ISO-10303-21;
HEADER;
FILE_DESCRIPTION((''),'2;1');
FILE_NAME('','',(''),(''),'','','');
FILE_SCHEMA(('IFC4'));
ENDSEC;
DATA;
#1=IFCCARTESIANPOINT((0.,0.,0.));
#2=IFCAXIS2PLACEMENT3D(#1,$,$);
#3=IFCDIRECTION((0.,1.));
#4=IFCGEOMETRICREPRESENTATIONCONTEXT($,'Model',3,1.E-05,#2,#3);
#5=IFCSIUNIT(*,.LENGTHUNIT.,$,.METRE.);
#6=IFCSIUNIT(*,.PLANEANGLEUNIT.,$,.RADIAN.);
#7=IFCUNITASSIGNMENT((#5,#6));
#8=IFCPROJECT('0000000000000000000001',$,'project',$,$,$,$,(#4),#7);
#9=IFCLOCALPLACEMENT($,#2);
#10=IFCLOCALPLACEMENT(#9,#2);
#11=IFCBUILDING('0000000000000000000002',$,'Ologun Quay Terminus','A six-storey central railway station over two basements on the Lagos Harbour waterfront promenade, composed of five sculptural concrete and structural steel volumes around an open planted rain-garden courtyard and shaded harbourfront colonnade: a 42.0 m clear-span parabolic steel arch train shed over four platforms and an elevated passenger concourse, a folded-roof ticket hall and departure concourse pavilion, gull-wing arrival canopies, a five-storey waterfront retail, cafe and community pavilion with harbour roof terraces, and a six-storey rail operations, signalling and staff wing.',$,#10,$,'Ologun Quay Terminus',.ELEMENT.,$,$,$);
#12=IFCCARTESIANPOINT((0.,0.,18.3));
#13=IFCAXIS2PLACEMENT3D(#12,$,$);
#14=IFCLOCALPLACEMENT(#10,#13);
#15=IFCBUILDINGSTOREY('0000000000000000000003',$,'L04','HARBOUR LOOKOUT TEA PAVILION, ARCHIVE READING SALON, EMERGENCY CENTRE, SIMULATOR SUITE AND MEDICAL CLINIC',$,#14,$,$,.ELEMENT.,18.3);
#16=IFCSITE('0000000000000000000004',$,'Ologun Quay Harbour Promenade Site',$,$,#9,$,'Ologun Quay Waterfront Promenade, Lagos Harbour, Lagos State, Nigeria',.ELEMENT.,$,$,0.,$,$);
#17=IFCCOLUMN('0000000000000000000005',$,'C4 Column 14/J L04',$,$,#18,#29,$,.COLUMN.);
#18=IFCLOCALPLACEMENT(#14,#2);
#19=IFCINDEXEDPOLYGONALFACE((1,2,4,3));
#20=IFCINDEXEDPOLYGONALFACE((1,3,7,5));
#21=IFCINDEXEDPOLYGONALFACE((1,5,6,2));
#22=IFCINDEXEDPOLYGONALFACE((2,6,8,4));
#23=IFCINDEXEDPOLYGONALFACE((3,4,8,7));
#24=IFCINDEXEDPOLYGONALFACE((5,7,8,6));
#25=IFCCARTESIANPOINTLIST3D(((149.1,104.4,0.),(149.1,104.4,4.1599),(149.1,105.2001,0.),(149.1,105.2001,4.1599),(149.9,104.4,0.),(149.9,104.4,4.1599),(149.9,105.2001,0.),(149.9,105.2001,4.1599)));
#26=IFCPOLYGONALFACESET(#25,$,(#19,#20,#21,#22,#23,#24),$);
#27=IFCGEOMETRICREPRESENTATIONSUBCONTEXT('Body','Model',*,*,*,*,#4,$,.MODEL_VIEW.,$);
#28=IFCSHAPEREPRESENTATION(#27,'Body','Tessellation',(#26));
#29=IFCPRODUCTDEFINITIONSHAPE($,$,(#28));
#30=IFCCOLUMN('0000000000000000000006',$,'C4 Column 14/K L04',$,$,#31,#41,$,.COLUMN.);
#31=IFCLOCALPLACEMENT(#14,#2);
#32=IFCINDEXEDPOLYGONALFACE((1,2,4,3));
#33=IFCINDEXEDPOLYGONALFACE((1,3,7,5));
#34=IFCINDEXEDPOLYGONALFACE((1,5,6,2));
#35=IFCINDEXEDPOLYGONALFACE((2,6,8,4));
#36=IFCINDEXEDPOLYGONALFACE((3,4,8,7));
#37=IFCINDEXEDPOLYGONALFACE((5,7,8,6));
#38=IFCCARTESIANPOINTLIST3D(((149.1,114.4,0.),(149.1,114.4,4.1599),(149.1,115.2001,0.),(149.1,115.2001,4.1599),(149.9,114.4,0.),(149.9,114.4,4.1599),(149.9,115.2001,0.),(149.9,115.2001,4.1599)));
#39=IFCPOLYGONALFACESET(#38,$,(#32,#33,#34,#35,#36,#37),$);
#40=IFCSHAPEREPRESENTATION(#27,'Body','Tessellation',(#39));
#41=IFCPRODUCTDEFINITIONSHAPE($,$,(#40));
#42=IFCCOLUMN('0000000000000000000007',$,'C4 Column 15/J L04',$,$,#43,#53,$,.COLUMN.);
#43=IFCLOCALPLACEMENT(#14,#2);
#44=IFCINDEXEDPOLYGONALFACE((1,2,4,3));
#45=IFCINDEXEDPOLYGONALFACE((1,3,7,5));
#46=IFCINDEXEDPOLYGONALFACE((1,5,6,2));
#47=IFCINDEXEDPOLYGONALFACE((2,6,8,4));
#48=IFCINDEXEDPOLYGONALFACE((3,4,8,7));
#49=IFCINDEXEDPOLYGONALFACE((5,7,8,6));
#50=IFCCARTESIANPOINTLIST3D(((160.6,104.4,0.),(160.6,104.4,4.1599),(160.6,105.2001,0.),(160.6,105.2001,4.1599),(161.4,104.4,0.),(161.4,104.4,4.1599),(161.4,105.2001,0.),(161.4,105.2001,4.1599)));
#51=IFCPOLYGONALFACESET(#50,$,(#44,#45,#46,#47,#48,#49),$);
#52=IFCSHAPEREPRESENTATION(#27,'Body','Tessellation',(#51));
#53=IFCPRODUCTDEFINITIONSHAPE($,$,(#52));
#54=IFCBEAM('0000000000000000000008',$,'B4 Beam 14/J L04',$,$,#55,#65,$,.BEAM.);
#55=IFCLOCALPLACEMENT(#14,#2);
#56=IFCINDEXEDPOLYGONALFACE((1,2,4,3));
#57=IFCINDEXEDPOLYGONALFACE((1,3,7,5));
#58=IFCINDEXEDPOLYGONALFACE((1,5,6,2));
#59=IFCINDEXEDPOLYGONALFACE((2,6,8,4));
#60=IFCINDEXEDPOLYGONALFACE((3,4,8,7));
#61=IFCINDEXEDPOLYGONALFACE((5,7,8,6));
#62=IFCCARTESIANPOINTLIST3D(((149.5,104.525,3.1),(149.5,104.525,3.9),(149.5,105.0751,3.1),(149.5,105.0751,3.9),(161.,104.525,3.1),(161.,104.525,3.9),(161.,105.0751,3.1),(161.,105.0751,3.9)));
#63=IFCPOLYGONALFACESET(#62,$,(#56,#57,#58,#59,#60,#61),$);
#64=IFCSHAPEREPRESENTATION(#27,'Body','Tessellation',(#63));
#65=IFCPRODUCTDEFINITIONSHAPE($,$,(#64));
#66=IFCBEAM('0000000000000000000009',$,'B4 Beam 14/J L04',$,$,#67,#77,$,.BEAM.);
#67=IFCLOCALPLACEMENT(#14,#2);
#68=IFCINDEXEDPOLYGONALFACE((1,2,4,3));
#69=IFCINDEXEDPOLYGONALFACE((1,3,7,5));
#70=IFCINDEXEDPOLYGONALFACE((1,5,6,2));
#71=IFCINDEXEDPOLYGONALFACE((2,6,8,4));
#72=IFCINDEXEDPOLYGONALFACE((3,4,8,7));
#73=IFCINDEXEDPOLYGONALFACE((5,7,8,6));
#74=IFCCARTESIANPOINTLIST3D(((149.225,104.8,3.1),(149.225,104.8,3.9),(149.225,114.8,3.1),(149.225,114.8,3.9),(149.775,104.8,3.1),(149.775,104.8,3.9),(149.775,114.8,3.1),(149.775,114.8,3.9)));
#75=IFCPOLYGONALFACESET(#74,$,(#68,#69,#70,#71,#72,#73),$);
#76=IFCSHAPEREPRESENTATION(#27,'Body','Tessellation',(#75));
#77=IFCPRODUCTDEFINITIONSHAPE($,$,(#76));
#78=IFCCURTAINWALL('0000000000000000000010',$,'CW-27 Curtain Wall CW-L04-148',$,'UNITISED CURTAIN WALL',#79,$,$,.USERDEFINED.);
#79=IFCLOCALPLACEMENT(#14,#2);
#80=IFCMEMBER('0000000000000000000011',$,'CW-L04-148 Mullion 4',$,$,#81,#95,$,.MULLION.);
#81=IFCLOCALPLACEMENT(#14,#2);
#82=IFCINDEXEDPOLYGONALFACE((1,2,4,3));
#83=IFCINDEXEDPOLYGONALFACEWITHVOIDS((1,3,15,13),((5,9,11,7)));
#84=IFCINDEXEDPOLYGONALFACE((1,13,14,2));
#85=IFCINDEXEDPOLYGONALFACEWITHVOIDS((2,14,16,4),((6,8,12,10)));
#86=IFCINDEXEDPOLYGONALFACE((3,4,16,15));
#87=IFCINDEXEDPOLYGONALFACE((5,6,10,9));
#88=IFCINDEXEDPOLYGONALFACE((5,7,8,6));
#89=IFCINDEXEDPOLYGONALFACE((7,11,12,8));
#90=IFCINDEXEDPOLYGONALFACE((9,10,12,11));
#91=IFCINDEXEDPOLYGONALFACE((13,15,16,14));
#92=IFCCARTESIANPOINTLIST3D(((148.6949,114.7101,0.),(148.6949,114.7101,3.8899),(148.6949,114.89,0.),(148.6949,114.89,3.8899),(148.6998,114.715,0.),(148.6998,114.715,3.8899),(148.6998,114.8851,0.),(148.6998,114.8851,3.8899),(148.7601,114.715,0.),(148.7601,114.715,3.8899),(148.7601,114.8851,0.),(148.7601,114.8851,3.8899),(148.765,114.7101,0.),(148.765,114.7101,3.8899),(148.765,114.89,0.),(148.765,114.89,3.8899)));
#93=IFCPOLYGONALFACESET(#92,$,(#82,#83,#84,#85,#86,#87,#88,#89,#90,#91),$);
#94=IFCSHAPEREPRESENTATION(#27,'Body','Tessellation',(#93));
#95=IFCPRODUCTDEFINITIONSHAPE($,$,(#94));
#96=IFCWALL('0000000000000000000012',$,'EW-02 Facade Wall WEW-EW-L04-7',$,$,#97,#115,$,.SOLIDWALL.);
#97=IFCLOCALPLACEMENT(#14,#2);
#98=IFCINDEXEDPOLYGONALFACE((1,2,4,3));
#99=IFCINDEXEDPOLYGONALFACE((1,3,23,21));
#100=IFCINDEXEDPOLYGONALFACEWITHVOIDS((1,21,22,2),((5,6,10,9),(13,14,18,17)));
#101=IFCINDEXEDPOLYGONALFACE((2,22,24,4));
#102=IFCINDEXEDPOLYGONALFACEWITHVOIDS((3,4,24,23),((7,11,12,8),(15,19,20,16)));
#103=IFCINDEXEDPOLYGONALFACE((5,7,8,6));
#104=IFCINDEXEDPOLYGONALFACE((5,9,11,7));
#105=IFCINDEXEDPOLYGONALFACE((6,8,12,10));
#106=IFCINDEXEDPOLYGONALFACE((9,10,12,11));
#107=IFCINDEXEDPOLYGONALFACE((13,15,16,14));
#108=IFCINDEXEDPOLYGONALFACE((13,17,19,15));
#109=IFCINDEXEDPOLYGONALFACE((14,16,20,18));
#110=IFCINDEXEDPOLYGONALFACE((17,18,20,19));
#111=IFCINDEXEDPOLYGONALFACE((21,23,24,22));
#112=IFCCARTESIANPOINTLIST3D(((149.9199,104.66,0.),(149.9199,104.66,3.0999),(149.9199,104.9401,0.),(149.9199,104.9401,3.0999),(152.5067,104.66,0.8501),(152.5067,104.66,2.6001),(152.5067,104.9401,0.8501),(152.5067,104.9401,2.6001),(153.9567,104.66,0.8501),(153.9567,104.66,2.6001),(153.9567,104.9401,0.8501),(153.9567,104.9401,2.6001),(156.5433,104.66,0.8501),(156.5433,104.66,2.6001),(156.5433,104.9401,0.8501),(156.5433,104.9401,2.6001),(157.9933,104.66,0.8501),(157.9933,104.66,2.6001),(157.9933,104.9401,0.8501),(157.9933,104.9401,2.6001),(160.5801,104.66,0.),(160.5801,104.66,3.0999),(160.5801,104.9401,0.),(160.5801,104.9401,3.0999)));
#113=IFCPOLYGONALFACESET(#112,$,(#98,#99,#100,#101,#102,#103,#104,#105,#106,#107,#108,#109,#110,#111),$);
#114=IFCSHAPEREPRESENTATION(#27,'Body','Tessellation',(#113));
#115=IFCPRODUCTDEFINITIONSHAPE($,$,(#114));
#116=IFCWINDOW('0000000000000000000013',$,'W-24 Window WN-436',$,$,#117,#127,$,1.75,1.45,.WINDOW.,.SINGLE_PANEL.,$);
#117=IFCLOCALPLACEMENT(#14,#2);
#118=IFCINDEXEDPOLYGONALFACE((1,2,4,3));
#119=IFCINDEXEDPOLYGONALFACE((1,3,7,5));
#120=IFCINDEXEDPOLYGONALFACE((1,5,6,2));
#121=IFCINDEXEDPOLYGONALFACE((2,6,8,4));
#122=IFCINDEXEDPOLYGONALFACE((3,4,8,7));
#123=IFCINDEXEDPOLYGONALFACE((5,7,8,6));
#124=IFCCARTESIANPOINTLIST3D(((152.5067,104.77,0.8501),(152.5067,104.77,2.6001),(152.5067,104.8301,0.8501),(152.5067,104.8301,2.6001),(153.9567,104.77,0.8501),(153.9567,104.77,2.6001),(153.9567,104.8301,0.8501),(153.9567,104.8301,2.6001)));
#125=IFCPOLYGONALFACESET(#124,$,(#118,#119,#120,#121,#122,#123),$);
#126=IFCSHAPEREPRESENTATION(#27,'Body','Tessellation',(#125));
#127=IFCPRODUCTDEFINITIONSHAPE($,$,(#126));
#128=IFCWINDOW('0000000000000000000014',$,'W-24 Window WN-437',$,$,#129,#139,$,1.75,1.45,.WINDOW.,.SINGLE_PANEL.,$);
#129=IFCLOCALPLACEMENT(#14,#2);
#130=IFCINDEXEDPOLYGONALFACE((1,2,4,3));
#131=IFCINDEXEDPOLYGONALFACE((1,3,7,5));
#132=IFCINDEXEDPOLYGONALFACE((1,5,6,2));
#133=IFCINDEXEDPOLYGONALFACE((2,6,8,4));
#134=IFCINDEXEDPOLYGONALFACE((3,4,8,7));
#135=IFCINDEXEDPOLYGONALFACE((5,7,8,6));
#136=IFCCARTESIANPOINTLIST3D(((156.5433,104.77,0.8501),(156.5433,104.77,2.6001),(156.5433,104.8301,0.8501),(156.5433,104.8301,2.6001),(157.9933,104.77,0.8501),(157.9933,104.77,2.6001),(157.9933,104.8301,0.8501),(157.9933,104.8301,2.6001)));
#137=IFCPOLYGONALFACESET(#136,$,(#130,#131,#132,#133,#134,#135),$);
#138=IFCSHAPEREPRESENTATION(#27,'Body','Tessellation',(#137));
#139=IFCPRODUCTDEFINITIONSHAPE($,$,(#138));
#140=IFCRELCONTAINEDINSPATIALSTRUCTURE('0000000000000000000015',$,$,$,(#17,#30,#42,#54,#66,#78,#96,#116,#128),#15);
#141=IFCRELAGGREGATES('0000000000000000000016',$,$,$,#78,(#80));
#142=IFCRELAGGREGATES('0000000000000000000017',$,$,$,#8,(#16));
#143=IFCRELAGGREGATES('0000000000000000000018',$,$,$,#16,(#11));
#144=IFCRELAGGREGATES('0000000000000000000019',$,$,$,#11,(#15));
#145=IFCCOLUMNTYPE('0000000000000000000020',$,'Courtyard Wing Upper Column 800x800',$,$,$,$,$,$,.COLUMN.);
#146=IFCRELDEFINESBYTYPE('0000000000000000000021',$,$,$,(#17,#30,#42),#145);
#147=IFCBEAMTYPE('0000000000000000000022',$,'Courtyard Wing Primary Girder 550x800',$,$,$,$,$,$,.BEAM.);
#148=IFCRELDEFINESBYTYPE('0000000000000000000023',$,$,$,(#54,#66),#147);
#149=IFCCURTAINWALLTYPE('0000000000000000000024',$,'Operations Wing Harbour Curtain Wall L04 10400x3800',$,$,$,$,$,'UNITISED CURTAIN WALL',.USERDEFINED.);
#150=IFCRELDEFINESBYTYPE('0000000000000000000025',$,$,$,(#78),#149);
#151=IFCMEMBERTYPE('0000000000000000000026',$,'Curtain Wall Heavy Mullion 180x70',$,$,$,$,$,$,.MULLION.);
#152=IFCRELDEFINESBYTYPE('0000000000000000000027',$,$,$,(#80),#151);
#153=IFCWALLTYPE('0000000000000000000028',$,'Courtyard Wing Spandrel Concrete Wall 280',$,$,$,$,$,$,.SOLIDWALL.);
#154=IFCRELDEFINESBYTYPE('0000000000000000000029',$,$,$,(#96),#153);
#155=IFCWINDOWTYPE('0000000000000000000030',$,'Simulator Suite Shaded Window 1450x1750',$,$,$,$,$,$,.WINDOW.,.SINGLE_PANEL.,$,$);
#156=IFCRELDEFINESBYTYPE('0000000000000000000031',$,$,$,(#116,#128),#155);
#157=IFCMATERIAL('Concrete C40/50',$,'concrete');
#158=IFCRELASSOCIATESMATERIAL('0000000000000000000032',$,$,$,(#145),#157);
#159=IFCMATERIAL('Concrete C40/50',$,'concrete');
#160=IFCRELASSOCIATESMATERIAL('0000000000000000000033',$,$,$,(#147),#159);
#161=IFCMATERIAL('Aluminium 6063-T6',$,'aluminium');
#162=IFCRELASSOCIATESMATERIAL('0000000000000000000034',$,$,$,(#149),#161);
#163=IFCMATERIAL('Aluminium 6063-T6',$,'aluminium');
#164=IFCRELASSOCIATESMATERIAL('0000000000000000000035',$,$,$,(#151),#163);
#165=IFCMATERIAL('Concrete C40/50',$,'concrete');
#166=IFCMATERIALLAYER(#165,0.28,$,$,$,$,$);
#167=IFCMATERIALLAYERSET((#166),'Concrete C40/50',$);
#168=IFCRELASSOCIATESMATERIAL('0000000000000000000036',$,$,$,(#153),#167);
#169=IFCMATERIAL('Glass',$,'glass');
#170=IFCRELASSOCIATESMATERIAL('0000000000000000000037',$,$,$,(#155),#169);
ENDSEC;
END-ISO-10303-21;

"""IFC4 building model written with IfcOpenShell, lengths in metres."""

from ifc_helpers import new_model, si_unit, direction, frame, frame_2d, origin, origin_2d, place, context, subcontext, project, spatial, rectangle, hollow_rectangle, extrude, material, layer, layer_set, material_profile, profile_set, type_object, element, fill, aggregate, save


model = new_model("IFC4")

# Units and contexts
model_context = context("Model", 3, precision=1e-05, world=origin(), true_north=direction((0.0, 1.0)))
body_context = subcontext(model_context, "Body", "Model", "MODEL_VIEW")
ifc_project = project(units=[si_unit("LENGTHUNIT", "METRE"), si_unit("PLANEANGLEUNIT", "RADIAN")], contexts=[model_context])

# Site, building, storey
site_placement = place(None, origin())
site = spatial("IfcSite", under=ifc_project, at=site_placement, Name="Ologun Quay Harbour Promenade Site", LongName="Ologun Quay Waterfront Promenade, Lagos Harbour, Lagos State, Nigeria", CompositionType="ELEMENT", RefElevation=0.0)
building_placement = place(site_placement, origin())
building = spatial("IfcBuilding", under=site, at=building_placement, Name="Ologun Quay Terminus", Description="A six-storey central railway station over two basements on the Lagos Harbour waterfront promenade, composed of five sculptural concrete and structural steel volumes around an open planted rain-garden courtyard and shaded harbourfront colonnade: a 42.0 m clear-span parabolic steel arch train shed over four platforms and an elevated passenger concourse, a folded-roof ticket hall and departure concourse pavilion, gull-wing arrival canopies, a five-storey waterfront retail, cafe and community pavilion with harbour roof terraces, and a six-storey rail operations, signalling and staff wing.", LongName="Ologun Quay Terminus", CompositionType="ELEMENT")
storey_placement = place(building_placement, frame((0.0, 0.0, 18.3)))
storey = spatial("IfcBuildingStorey", under=building, at=storey_placement, Name="L04", Description="HARBOUR LOOKOUT TEA PAVILION, ARCHIVE READING SALON, EMERGENCY CENTRE, SIMULATOR SUITE AND MEDICAL CLINIC", CompositionType="ELEMENT", Elevation=18.3)

# Columns
ifc_material_1 = material(Name="Concrete C40/50", Category="concrete")
ifc_material_profile_1 = material_profile(ifc_material_1, rectangle(XDim=0.8, YDim=0.8, at=origin_2d()), Name="RC 800x800")
ifc_profile_set_1 = profile_set([ifc_material_profile_1], Name="Concrete C40/50")
column_type = type_object("IfcColumnType", Name="Courtyard Wing Upper Column 800x800", PredefinedType="COLUMN", material=ifc_profile_set_1)
for number, where, z_axis, x_axis, name in (
    (1, (149.5, 104.8, 0.0), (0.0, 0.0, 1.0), (1.0, 0.0, 0.0), "C4 Column 14/J L04"),
    (2, (149.5, 114.8, 0.0), (0.0, 0.0, 1.0), (1.0, 0.0, 0.0), "C4 Column 14/K L04"),
    (3, (161.0, 104.8, 0.0), (0.0, 0.0, 1.0), (1.0, 0.0, 0.0), "C4 Column 15/J L04"),
):
    element("IfcColumn", number, at=place(storey_placement, frame(where, z_axis=z_axis, x_axis=x_axis)), inside=storey, type_object=column_type, Name=name, PredefinedType="COLUMN", context=body_context, shape_type="SweptSolid", body=[
        extrude(rectangle(XDim=0.8, YDim=0.8, at=origin_2d()), origin(), (0.0, 0.0, 1.0), 4.1599),
    ])

# Beams
ifc_material_2 = material(Name="Concrete C40/50", Category="concrete")
ifc_material_profile_2 = material_profile(ifc_material_2, rectangle(XDim=0.55, YDim=0.8, at=origin_2d()), Name="RC 550x800")
ifc_profile_set_2 = profile_set([ifc_material_profile_2], Name="Concrete C40/50")
beam_type = type_object("IfcBeamType", Name="Courtyard Wing Primary Girder 550x800", PredefinedType="BEAM", material=ifc_profile_set_2)
beam_1_placement = place(storey_placement, frame((149.5, 104.8, 3.5), z_axis=(1.0, 0.0, 0.0), x_axis=(0.0, 1.0, 0.0)))
element("IfcBeam", 4, at=beam_1_placement, inside=storey, type_object=beam_type, Name="B4 Beam 14/J L04", PredefinedType="BEAM", context=body_context, shape_type="SweptSolid", body=[
    extrude(rectangle(XDim=0.55, YDim=0.8, at=origin_2d()), origin(), (0.0, 0.0, 1.0), 11.5),
])
beam_2_placement = place(storey_placement, frame((149.5, 104.8, 3.5), z_axis=(0.0, 1.0, 0.0), x_axis=(-1.0, 0.0, 0.0)))
element("IfcBeam", 5, at=beam_2_placement, inside=storey, type_object=beam_type, Name="B4 Beam 14/J L04", PredefinedType="BEAM", context=body_context, shape_type="SweptSolid", body=[
    extrude(rectangle(XDim=0.55, YDim=0.8, at=origin_2d()), origin(), (0.0, 0.0, 1.0), 10.0),
])

# Curtain wall, member
ifc_material_3 = material(Name="Aluminium 6063-T6", Category="aluminium")
curtain_wall_type = type_object("IfcCurtainWallType", Name="Operations Wing Harbour Curtain Wall L04 10400x3800", ElementType="UNITISED CURTAIN WALL", PredefinedType="USERDEFINED", material=ifc_material_3)
curtain_wall_placement = place(storey_placement, origin())
curtain_wall = element("IfcCurtainWall", 6, at=curtain_wall_placement, inside=storey, type_object=curtain_wall_type, Name="CW-27 Curtain Wall CW-L04-148", ObjectType="UNITISED CURTAIN WALL", PredefinedType="USERDEFINED")
ifc_material_4 = material(Name="Aluminium 6063-T6", Category="aluminium")
ifc_material_profile_3 = material_profile(ifc_material_4, hollow_rectangle(XDim=0.0701, YDim=0.1799, WallThickness=0.0049, at=origin_2d()), Name="ALU 180x70x5")
ifc_profile_set_3 = profile_set([ifc_material_profile_3], Name="Aluminium 6063-T6")
member_type = type_object("IfcMemberType", Name="Curtain Wall Heavy Mullion 180x70", PredefinedType="MULLION", material=ifc_profile_set_3)
member_placement = place(storey_placement, frame((148.73, 114.8, 0.0), z_axis=(0.0, 0.0, 1.0), x_axis=(1.0, 0.0, 0.0)))
member = element("IfcMember", 7, at=member_placement, type_object=member_type, Name="CW-L04-148 Mullion 4", PredefinedType="MULLION", context=body_context, shape_type="SweptSolid", body=[
    extrude(hollow_rectangle(XDim=0.0701, YDim=0.1799, WallThickness=0.0049, at=origin_2d()), origin(), (0.0, 0.0, 1.0), 3.8899),
])
aggregate(curtain_wall, [member])

# Wall, openings, windows
ifc_material_5 = material(Name="Concrete C40/50", Category="concrete")
ifc_layer_1 = layer(ifc_material_5, 0.28)
ifc_layer_set_1 = layer_set([ifc_layer_1], Name="Concrete C40/50")
wall_type_1 = type_object("IfcWallType", Name="Courtyard Wing Spandrel Concrete Wall 280", PredefinedType="SOLIDWALL", material=ifc_layer_set_1)
wall_1_placement = place(storey_placement, frame((149.9199, 104.8, 0.0), z_axis=(0.0, 0.0, 1.0), x_axis=(1.0, 0.0, 0.0)))
wall_1 = element("IfcWall", 8, at=wall_1_placement, inside=storey, type_object=wall_type_1, Name="EW-02 Facade Wall WEW-EW-L04-7", PredefinedType="SOLIDWALL", context=body_context, shape_type="SweptSolid", body=[
    extrude(rectangle(XDim=10.6602, YDim=0.28, at=frame_2d((5.3301, 0.0))), origin(), (0.0, 0.0, 1.0), 3.0999),
])
opening_1_placement = place(wall_1_placement, frame((2.5867, 0.0, 0.8501)))
opening_1 = element("IfcOpeningElement", 9, at=opening_1_placement, cuts=wall_1, PredefinedType="OPENING", context=body_context, shape_type="SweptSolid", body=[
    extrude(rectangle(XDim=1.45, YDim=1.75, at=frame_2d((0.7251, 0.875))), frame((0.0, 0.1499, 0.0), z_axis=(0.0, -1.0, 0.0), x_axis=(1.0, 0.0, 0.0)), (0.0, 0.0, 1.0), 0.3),
])
opening_2_placement = place(wall_1_placement, frame((6.6233, 0.0, 0.8501)))
opening_2 = element("IfcOpeningElement", 10, at=opening_2_placement, cuts=wall_1, PredefinedType="OPENING", context=body_context, shape_type="SweptSolid", body=[
    extrude(rectangle(XDim=1.45, YDim=1.75, at=frame_2d((0.7251, 0.875))), frame((0.0, 0.1499, 0.0), z_axis=(0.0, -1.0, 0.0), x_axis=(1.0, 0.0, 0.0)), (0.0, 0.0, 1.0), 0.3),
])
ifc_material_6 = material(Name="Glass", Category="glass")
window_type_1 = type_object("IfcWindowType", Name="Simulator Suite Shaded Window 1450x1750", PartitioningType="SINGLE_PANEL", PredefinedType="WINDOW", material=ifc_material_6)
window_1_placement = place(opening_1_placement, origin())
window_1 = element("IfcWindow", 11, at=window_1_placement, inside=storey, type_object=window_type_1, Name="W-24 Window WN-436", OverallHeight=1.75, OverallWidth=1.45, PartitioningType="SINGLE_PANEL", PredefinedType="WINDOW", context=body_context, shape_type="SweptSolid", body=[
    extrude(rectangle(XDim=1.45, YDim=1.75, at=frame_2d((0.7251, 0.875))), frame((0.0, 0.03, 0.0), z_axis=(0.0, -1.0, 0.0), x_axis=(1.0, 0.0, 0.0)), (0.0, 0.0, 1.0), 0.0601),
])
fill(opening_1, window_1)
window_2_placement = place(opening_2_placement, origin())
window_2 = element("IfcWindow", 12, at=window_2_placement, inside=storey, type_object=window_type_1, Name="W-24 Window WN-437", OverallHeight=1.75, OverallWidth=1.45, PartitioningType="SINGLE_PANEL", PredefinedType="WINDOW", context=body_context, shape_type="SweptSolid", body=[
    extrude(rectangle(XDim=1.45, YDim=1.75, at=frame_2d((0.7251, 0.875))), frame((0.0, 0.03, 0.0), z_axis=(0.0, -1.0, 0.0), x_axis=(1.0, 0.0, 0.0)), (0.0, 0.0, 1.0), 0.0601),
])
fill(opening_2, window_2)

save(model, "model.ifc")
